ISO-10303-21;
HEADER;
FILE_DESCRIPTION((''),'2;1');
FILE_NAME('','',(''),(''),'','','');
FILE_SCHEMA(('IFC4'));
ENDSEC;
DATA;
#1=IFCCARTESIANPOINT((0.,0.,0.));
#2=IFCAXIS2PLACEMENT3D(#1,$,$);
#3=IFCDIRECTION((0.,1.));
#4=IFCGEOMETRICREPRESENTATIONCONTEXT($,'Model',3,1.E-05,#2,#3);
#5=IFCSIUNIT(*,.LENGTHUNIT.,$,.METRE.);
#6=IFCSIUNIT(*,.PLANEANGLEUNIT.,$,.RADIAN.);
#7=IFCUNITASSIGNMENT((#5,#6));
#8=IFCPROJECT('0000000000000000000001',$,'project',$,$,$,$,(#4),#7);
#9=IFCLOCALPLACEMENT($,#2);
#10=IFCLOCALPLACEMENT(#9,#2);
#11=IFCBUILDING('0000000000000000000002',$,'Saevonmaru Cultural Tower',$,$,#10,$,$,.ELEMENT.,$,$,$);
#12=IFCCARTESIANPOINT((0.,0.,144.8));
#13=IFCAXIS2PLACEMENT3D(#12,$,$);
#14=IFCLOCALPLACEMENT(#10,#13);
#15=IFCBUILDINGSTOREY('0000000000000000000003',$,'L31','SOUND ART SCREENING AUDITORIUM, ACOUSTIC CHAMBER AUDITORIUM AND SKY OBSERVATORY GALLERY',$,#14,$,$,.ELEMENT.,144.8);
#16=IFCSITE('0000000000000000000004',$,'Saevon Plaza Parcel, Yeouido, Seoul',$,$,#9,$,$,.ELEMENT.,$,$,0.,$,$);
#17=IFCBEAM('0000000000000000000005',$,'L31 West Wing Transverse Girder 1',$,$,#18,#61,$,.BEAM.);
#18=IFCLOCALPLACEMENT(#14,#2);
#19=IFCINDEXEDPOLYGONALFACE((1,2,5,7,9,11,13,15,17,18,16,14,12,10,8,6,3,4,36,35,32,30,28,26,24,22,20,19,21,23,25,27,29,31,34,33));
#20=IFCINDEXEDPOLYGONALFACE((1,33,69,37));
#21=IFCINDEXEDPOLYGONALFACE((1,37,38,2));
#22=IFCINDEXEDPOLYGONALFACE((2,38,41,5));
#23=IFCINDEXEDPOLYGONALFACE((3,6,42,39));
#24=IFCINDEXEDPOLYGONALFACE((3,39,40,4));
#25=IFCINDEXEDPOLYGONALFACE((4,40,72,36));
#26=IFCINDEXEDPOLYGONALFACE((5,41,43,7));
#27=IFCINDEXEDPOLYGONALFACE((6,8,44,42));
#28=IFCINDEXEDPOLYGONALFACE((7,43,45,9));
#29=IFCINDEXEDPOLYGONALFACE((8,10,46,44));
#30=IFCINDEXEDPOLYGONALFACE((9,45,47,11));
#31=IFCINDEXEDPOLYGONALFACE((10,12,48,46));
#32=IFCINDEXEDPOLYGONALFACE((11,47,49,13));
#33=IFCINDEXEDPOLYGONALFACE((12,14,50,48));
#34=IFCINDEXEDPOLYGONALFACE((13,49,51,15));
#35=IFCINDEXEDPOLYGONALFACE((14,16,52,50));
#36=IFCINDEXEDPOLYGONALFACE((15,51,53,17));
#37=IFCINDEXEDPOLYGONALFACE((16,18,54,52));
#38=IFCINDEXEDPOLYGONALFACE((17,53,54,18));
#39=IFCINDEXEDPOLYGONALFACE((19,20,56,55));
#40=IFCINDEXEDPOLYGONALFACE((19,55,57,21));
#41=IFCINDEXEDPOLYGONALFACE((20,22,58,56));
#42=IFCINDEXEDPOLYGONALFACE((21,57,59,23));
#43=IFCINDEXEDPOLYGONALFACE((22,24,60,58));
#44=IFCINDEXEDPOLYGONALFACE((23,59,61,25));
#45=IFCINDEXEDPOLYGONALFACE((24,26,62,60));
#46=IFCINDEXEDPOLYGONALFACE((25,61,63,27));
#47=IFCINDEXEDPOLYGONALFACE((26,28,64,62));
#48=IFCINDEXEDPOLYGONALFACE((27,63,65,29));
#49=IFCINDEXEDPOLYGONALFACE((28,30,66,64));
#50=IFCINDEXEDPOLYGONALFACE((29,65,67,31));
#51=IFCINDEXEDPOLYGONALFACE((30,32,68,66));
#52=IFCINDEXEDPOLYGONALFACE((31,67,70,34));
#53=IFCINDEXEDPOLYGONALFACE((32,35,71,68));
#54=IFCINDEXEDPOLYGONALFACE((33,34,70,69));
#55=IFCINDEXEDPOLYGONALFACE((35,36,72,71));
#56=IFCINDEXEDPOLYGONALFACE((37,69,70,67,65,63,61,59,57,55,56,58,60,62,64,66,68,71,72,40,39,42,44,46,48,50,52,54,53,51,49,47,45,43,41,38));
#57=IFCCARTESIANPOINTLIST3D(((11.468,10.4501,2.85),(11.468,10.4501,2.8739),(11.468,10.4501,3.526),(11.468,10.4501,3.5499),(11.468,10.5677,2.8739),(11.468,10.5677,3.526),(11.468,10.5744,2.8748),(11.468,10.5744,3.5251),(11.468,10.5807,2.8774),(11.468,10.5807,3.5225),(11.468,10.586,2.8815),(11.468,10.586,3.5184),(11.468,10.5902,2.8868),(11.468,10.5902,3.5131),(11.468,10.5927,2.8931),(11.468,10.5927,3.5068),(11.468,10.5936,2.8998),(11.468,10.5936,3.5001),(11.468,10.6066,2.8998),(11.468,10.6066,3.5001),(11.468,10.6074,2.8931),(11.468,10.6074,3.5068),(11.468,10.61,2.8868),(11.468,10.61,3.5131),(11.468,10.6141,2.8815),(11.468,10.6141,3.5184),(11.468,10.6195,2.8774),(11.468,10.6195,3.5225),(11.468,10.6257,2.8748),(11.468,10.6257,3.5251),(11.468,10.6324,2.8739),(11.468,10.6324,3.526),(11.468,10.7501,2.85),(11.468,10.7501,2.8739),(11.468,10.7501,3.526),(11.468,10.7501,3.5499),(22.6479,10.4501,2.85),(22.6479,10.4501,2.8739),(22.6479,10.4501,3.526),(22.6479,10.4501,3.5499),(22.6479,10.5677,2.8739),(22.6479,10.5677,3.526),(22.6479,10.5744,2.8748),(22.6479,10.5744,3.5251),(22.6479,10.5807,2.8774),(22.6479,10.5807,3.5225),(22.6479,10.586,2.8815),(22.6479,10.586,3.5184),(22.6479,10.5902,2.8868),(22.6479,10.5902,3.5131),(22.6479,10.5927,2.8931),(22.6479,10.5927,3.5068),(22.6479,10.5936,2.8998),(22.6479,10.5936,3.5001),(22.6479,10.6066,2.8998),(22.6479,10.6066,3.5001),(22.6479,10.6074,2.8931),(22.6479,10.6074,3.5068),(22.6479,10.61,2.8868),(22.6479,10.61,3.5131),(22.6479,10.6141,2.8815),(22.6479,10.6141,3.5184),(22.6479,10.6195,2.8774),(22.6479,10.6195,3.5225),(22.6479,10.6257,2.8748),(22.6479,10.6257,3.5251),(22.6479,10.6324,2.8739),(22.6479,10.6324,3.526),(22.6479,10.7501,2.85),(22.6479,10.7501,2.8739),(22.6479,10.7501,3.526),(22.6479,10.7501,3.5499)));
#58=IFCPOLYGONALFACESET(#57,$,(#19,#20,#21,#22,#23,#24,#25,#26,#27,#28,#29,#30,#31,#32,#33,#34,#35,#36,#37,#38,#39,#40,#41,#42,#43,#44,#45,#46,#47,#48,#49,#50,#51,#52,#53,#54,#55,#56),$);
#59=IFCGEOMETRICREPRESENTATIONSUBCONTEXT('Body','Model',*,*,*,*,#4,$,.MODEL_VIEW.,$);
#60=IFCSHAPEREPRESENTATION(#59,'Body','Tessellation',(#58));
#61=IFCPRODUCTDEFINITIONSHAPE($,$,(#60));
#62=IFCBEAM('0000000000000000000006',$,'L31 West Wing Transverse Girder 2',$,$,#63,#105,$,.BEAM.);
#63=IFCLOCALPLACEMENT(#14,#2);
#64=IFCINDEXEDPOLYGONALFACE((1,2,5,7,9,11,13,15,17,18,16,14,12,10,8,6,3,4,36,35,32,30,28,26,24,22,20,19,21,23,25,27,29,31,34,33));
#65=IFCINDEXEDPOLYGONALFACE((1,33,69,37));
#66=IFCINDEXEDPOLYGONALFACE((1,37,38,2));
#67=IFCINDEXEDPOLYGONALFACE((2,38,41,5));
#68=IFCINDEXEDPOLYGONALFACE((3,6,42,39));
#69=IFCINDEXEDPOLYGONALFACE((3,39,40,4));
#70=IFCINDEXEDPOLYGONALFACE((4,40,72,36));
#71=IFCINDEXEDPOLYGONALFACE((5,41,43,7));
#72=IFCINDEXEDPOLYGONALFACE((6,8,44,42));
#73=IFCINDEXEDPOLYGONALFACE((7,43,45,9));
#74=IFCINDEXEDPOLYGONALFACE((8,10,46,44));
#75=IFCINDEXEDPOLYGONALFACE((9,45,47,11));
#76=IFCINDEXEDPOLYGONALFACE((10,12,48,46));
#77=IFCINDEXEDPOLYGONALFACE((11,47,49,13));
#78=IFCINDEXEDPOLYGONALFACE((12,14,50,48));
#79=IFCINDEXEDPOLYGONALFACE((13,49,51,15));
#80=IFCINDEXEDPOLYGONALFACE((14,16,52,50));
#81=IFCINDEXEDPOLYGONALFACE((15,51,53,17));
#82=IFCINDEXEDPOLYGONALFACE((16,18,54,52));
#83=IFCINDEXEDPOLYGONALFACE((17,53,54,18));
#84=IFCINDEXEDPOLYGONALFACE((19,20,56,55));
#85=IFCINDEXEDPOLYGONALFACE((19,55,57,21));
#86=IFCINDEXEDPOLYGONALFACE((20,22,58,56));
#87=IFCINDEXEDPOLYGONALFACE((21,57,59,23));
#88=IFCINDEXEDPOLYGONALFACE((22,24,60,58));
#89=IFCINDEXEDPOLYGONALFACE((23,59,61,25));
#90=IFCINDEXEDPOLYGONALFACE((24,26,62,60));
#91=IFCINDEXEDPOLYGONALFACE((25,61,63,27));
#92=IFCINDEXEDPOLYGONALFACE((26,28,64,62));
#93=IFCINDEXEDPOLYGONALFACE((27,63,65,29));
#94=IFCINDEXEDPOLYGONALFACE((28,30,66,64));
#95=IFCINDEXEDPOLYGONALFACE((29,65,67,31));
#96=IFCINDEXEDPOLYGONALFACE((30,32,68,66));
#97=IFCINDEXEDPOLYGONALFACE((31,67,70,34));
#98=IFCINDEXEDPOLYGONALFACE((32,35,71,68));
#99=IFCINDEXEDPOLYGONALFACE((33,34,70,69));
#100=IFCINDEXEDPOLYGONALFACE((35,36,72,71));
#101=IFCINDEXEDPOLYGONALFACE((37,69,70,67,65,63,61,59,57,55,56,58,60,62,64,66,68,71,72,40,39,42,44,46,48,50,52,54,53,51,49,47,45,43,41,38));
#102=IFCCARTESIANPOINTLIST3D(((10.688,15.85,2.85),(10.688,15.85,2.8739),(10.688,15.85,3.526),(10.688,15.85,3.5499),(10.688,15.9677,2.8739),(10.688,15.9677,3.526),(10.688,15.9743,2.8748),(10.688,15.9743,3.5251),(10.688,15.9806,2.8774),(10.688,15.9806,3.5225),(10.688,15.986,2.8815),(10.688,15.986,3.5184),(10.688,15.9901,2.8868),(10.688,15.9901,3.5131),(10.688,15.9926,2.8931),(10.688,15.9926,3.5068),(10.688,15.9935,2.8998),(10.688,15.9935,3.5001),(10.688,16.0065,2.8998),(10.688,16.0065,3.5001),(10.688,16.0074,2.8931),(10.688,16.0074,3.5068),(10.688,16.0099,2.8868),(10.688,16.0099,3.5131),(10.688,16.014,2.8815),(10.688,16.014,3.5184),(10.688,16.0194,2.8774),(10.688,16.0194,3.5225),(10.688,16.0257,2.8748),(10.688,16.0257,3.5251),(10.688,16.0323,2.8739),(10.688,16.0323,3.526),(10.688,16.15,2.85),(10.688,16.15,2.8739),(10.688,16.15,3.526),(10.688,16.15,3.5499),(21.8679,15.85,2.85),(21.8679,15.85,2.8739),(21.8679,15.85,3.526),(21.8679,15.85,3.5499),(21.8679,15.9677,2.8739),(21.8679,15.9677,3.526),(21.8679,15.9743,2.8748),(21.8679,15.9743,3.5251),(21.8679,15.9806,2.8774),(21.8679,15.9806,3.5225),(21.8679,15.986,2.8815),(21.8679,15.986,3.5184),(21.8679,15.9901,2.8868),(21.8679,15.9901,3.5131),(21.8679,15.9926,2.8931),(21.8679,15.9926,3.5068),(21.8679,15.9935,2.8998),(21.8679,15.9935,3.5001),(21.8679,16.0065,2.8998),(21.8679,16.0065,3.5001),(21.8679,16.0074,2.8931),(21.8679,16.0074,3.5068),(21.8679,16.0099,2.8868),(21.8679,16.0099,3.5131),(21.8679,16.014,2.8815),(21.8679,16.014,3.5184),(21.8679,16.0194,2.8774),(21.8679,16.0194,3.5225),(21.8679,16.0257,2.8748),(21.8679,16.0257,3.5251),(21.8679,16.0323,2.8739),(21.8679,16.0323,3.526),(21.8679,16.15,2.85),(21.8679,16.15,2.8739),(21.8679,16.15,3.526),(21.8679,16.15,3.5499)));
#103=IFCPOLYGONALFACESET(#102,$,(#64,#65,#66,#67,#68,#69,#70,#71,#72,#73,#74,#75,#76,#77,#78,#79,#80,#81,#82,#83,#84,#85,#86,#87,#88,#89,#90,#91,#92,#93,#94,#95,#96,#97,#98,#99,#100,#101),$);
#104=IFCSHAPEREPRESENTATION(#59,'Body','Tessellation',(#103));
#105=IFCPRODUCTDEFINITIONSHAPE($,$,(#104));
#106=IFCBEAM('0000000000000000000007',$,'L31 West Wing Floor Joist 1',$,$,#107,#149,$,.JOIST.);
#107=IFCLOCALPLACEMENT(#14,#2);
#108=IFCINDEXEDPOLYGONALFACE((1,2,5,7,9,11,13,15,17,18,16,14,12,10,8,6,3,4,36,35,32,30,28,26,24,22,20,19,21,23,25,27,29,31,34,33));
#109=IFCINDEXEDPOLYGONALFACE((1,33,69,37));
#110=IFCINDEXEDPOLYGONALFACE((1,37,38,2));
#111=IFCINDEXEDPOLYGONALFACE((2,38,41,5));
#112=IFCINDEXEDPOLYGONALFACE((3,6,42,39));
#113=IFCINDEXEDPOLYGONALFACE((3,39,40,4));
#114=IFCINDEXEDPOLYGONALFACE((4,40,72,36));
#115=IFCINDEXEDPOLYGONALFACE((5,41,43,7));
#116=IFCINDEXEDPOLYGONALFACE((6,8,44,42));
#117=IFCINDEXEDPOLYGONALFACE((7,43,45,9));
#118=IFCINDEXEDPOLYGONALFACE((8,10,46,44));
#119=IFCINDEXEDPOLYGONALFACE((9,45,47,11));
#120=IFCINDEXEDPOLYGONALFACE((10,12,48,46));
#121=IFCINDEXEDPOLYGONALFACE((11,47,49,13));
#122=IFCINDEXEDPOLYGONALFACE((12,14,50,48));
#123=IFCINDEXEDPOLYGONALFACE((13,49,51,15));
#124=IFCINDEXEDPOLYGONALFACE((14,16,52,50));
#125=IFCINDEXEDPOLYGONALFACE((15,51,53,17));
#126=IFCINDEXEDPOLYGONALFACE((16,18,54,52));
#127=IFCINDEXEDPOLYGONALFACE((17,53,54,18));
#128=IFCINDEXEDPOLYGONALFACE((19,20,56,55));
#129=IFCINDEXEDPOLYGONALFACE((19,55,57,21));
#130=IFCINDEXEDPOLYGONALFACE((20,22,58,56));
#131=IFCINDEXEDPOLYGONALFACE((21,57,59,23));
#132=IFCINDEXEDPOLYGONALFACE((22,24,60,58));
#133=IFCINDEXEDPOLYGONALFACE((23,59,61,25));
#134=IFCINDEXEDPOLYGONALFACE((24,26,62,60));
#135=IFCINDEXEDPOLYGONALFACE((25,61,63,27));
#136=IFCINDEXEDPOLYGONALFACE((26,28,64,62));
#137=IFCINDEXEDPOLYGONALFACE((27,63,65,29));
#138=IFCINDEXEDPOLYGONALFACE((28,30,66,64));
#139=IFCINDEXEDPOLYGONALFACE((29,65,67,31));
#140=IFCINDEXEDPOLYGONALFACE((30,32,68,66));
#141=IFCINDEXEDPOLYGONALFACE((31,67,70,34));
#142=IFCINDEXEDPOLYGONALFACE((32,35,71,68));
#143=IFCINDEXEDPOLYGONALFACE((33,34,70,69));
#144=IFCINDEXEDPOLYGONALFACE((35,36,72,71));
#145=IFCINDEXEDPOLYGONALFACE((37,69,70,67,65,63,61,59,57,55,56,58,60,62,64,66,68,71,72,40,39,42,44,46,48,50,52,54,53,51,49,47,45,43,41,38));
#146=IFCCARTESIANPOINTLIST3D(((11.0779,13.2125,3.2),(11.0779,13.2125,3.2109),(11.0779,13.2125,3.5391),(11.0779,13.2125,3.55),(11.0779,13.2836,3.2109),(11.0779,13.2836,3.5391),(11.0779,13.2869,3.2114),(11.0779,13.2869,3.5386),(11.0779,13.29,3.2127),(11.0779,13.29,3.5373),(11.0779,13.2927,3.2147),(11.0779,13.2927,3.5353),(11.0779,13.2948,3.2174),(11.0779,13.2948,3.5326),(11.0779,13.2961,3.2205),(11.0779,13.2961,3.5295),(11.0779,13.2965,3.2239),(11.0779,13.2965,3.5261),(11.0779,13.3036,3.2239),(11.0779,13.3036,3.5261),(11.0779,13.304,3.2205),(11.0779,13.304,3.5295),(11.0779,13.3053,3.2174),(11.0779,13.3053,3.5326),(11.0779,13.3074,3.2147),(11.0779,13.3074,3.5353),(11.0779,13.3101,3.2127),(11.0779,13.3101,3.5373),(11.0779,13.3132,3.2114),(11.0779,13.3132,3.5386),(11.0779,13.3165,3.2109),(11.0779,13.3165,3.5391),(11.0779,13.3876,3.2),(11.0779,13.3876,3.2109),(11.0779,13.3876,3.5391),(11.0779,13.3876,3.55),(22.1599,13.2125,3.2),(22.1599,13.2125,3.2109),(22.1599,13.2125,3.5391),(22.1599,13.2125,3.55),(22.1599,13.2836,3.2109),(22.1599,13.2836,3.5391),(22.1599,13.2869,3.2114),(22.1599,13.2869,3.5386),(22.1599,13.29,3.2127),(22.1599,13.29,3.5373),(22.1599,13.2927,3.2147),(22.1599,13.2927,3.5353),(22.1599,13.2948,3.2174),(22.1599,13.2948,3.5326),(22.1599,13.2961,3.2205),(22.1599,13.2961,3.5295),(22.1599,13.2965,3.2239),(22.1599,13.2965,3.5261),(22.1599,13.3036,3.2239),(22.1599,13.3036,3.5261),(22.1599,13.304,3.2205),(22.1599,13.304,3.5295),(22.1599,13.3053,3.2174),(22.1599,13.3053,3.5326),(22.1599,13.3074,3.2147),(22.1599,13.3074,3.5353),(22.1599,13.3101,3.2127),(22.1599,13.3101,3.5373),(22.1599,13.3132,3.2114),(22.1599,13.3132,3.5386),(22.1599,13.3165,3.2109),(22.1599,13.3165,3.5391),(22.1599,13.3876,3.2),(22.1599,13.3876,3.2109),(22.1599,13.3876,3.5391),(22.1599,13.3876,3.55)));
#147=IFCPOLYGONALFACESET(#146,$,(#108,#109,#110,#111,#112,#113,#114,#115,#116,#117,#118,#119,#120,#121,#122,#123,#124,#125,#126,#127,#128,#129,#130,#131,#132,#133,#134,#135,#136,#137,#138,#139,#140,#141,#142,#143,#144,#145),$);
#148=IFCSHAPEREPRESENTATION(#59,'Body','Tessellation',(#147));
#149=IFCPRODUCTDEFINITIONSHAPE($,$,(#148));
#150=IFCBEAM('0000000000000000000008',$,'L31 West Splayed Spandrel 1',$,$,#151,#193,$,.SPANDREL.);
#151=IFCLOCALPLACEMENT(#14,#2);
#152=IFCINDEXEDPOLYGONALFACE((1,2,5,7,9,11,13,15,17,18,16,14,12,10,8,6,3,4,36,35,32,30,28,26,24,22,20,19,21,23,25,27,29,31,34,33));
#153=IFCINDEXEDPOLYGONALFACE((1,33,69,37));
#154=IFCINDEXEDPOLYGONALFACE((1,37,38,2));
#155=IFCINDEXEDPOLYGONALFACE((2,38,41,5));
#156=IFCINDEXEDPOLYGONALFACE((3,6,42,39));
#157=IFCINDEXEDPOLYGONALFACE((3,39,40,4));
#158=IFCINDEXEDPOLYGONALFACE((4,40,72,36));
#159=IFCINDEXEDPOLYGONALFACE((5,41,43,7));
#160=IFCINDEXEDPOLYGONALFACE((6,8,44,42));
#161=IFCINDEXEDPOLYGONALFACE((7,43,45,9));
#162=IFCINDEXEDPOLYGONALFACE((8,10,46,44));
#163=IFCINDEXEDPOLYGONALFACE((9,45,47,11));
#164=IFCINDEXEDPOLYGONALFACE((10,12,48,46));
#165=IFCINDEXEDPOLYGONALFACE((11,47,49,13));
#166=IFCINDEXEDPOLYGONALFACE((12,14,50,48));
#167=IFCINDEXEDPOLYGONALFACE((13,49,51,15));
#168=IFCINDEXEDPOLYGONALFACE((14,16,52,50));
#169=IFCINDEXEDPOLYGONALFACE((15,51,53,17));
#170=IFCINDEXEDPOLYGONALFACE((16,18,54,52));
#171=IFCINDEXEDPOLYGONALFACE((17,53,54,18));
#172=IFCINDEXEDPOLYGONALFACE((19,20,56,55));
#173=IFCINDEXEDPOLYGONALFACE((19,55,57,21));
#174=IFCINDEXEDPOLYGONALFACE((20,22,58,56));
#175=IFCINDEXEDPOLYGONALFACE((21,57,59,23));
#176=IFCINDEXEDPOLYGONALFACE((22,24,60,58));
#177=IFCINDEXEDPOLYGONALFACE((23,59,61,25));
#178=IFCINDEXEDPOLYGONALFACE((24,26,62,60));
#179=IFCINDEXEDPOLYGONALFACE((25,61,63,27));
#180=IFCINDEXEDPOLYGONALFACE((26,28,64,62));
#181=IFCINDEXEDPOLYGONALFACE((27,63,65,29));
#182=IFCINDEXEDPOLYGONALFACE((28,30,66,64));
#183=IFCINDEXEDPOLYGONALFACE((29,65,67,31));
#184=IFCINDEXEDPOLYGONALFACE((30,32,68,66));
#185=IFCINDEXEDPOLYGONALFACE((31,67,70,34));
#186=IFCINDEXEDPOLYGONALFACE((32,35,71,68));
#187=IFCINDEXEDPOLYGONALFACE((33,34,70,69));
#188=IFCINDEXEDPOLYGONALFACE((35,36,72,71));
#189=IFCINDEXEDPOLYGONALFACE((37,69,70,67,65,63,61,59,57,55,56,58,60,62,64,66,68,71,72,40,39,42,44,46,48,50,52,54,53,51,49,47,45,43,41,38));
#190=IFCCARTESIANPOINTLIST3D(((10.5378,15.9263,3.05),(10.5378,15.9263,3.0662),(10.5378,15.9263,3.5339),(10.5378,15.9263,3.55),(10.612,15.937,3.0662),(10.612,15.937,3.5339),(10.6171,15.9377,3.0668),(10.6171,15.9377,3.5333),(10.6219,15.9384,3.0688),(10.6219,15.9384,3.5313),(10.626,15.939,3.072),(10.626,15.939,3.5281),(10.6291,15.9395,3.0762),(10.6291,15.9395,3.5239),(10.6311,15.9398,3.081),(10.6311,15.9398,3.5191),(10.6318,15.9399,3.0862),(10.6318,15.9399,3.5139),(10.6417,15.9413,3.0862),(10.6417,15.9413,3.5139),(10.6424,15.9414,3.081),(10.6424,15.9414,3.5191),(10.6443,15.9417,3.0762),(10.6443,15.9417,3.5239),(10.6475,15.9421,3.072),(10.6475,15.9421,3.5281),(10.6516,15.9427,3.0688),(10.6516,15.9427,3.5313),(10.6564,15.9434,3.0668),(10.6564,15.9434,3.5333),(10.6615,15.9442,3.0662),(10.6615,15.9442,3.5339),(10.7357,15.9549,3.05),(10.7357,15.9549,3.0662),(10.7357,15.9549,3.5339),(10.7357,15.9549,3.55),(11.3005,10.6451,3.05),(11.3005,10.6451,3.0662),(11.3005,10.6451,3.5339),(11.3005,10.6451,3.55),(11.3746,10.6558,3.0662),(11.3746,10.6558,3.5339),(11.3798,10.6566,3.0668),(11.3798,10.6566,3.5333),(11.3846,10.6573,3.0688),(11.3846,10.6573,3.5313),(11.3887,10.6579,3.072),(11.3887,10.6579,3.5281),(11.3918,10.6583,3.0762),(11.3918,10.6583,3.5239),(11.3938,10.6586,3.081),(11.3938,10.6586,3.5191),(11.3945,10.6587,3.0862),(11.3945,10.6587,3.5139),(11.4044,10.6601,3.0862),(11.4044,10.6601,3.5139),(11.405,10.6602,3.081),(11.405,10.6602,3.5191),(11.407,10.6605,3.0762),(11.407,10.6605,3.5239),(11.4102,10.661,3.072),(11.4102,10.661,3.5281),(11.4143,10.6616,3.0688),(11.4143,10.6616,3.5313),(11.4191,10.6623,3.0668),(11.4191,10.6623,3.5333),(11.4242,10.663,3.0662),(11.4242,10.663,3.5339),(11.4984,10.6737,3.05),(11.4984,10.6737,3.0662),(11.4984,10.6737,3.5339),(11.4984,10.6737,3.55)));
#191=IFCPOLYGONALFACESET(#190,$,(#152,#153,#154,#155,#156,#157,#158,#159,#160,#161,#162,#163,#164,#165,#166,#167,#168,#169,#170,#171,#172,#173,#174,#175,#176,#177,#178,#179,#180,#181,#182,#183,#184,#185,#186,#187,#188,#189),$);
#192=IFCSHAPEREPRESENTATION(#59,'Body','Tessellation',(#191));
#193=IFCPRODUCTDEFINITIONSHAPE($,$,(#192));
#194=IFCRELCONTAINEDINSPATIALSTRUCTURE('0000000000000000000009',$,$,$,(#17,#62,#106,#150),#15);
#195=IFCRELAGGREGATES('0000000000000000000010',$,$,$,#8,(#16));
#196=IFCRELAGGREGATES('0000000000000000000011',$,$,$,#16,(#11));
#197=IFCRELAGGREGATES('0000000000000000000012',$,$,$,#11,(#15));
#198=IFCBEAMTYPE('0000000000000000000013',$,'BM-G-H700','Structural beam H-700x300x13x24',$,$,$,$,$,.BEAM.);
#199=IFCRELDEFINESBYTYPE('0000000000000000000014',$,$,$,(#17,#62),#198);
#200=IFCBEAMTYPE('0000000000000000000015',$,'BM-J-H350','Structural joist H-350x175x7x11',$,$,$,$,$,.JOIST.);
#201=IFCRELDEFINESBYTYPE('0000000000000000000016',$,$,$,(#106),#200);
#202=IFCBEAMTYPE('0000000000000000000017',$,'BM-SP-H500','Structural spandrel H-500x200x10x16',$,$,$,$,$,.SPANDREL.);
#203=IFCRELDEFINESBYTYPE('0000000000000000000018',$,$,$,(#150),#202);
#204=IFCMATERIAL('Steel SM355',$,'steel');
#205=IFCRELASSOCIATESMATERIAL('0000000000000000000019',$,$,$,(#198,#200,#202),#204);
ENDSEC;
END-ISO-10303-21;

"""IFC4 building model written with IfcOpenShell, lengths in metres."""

from ifc_helpers import new_model, si_unit, direction, frame, origin, origin_2d, place, context, subcontext, project, spatial, i_section, extrude, material, material_profile, profile_set, type_object, element, save


model = new_model("IFC4")

# Units and contexts
model_context = context("Model", 3, precision=1e-05, world=origin(), true_north=direction((0.0, 1.0)))
body_context = subcontext(model_context, "Body", "Model", "MODEL_VIEW")
ifc_project = project(units=[si_unit("LENGTHUNIT", "METRE"), si_unit("PLANEANGLEUNIT", "RADIAN")], contexts=[model_context])

# Site, building, storey
site_placement = place(None, origin())
site = spatial("IfcSite", under=ifc_project, at=site_placement, Name="Saevon Plaza Parcel, Yeouido, Seoul", CompositionType="ELEMENT", RefElevation=0.0)
building_placement = place(site_placement, origin())
building = spatial("IfcBuilding", under=site, at=building_placement, Name="Saevonmaru Cultural Tower", CompositionType="ELEMENT")
storey_placement = place(building_placement, frame((0.0, 0.0, 144.8)))
storey = spatial("IfcBuildingStorey", under=building, at=storey_placement, Name="L31", Description="SOUND ART SCREENING AUDITORIUM, ACOUSTIC CHAMBER AUDITORIUM AND SKY OBSERVATORY GALLERY", CompositionType="ELEMENT", Elevation=144.8)

# Shared definitions
ifc_material_1 = material(Name="Steel SM355", Category="steel")

# Beams
ifc_material_profile_1 = material_profile(ifc_material_1, i_section(OverallWidth=0.3, OverallDepth=0.7, WebThickness=0.0129, FlangeThickness=0.0239, FilletRadius=0.0259, at=origin_2d()), Name="H-700x300x13x24")
ifc_profile_set_1 = profile_set([ifc_material_profile_1], Name="Steel SM355")
beam_type_1 = type_object("IfcBeamType", Name="BM-G-H700", Description="Structural beam H-700x300x13x24", PredefinedType="BEAM", material=ifc_profile_set_1)
for number, where, z_axis, x_axis, name in (
    (1, (11.468, 10.6001, 3.2), (1.0, 0.0, 0.0), (0.0, 1.0, 0.0), "L31 West Wing Transverse Girder 1"),
    (2, (10.688, 16.0, 3.2), (1.0, 0.0, 0.0), (0.0, 1.0, 0.0), "L31 West Wing Transverse Girder 2"),
):
    element("IfcBeam", number, at=place(storey_placement, frame(where, z_axis=z_axis, x_axis=x_axis)), inside=storey, type_object=beam_type_1, Name=name, PredefinedType="BEAM", context=body_context, shape_type="SweptSolid", body=[
        extrude(i_section(OverallWidth=0.3, OverallDepth=0.7, WebThickness=0.0129, FlangeThickness=0.0239, FilletRadius=0.0259, at=origin_2d()), origin(), (0.0, 0.0, 1.0), 11.1799),
    ])
ifc_material_profile_2 = material_profile(ifc_material_1, i_section(OverallWidth=0.175, OverallDepth=0.3501, WebThickness=0.0071, FlangeThickness=0.011, FilletRadius=0.0129, at=origin_2d()), Name="H-350x175x7x11")
ifc_profile_set_2 = profile_set([ifc_material_profile_2], Name="Steel SM355")
beam_type_2 = type_object("IfcBeamType", Name="BM-J-H350", Description="Structural joist H-350x175x7x11", PredefinedType="JOIST", material=ifc_profile_set_2)
beam_1_placement = place(storey_placement, frame((11.0779, 13.3, 3.375), z_axis=(1.0, 0.0, 0.0), x_axis=(0.0, 1.0, 0.0)))
element("IfcBeam", 3, at=beam_1_placement, inside=storey, type_object=beam_type_2, Name="L31 West Wing Floor Joist 1", PredefinedType="JOIST", context=body_context, shape_type="SweptSolid", body=[
    extrude(i_section(OverallWidth=0.175, OverallDepth=0.3501, WebThickness=0.0071, FlangeThickness=0.011, FilletRadius=0.0129, at=origin_2d()), origin(), (0.0, 0.0, 1.0), 11.082),
])
ifc_material_profile_3 = material_profile(ifc_material_1, i_section(OverallWidth=0.2, OverallDepth=0.5, WebThickness=0.01, FlangeThickness=0.0161, FilletRadius=0.02, at=origin_2d()), Name="H-500x200x10x16")
ifc_profile_set_3 = profile_set([ifc_material_profile_3], Name="Steel SM355")
beam_type_3 = type_object("IfcBeamType", Name="BM-SP-H500", Description="Structural spandrel H-500x200x10x16", PredefinedType="SPANDREL", material=ifc_profile_set_3)
beam_2_placement = place(storey_placement, frame((11.3994, 10.6594, 3.3), z_axis=(-0.142933, 0.989732, 0.0), x_axis=(-0.989732, -0.142933, 0.0)))
element("IfcBeam", 4, at=beam_2_placement, inside=storey, type_object=beam_type_3, Name="L31 West Splayed Spandrel 1", PredefinedType="SPANDREL", context=body_context, shape_type="SweptSolid", body=[
    extrude(i_section(OverallWidth=0.2, OverallDepth=0.5, WebThickness=0.01, FlangeThickness=0.0161, FilletRadius=0.02, at=origin_2d()), origin(), (0.0, 0.0, 1.0), 5.3359),
])

save(model, "model.ifc")
